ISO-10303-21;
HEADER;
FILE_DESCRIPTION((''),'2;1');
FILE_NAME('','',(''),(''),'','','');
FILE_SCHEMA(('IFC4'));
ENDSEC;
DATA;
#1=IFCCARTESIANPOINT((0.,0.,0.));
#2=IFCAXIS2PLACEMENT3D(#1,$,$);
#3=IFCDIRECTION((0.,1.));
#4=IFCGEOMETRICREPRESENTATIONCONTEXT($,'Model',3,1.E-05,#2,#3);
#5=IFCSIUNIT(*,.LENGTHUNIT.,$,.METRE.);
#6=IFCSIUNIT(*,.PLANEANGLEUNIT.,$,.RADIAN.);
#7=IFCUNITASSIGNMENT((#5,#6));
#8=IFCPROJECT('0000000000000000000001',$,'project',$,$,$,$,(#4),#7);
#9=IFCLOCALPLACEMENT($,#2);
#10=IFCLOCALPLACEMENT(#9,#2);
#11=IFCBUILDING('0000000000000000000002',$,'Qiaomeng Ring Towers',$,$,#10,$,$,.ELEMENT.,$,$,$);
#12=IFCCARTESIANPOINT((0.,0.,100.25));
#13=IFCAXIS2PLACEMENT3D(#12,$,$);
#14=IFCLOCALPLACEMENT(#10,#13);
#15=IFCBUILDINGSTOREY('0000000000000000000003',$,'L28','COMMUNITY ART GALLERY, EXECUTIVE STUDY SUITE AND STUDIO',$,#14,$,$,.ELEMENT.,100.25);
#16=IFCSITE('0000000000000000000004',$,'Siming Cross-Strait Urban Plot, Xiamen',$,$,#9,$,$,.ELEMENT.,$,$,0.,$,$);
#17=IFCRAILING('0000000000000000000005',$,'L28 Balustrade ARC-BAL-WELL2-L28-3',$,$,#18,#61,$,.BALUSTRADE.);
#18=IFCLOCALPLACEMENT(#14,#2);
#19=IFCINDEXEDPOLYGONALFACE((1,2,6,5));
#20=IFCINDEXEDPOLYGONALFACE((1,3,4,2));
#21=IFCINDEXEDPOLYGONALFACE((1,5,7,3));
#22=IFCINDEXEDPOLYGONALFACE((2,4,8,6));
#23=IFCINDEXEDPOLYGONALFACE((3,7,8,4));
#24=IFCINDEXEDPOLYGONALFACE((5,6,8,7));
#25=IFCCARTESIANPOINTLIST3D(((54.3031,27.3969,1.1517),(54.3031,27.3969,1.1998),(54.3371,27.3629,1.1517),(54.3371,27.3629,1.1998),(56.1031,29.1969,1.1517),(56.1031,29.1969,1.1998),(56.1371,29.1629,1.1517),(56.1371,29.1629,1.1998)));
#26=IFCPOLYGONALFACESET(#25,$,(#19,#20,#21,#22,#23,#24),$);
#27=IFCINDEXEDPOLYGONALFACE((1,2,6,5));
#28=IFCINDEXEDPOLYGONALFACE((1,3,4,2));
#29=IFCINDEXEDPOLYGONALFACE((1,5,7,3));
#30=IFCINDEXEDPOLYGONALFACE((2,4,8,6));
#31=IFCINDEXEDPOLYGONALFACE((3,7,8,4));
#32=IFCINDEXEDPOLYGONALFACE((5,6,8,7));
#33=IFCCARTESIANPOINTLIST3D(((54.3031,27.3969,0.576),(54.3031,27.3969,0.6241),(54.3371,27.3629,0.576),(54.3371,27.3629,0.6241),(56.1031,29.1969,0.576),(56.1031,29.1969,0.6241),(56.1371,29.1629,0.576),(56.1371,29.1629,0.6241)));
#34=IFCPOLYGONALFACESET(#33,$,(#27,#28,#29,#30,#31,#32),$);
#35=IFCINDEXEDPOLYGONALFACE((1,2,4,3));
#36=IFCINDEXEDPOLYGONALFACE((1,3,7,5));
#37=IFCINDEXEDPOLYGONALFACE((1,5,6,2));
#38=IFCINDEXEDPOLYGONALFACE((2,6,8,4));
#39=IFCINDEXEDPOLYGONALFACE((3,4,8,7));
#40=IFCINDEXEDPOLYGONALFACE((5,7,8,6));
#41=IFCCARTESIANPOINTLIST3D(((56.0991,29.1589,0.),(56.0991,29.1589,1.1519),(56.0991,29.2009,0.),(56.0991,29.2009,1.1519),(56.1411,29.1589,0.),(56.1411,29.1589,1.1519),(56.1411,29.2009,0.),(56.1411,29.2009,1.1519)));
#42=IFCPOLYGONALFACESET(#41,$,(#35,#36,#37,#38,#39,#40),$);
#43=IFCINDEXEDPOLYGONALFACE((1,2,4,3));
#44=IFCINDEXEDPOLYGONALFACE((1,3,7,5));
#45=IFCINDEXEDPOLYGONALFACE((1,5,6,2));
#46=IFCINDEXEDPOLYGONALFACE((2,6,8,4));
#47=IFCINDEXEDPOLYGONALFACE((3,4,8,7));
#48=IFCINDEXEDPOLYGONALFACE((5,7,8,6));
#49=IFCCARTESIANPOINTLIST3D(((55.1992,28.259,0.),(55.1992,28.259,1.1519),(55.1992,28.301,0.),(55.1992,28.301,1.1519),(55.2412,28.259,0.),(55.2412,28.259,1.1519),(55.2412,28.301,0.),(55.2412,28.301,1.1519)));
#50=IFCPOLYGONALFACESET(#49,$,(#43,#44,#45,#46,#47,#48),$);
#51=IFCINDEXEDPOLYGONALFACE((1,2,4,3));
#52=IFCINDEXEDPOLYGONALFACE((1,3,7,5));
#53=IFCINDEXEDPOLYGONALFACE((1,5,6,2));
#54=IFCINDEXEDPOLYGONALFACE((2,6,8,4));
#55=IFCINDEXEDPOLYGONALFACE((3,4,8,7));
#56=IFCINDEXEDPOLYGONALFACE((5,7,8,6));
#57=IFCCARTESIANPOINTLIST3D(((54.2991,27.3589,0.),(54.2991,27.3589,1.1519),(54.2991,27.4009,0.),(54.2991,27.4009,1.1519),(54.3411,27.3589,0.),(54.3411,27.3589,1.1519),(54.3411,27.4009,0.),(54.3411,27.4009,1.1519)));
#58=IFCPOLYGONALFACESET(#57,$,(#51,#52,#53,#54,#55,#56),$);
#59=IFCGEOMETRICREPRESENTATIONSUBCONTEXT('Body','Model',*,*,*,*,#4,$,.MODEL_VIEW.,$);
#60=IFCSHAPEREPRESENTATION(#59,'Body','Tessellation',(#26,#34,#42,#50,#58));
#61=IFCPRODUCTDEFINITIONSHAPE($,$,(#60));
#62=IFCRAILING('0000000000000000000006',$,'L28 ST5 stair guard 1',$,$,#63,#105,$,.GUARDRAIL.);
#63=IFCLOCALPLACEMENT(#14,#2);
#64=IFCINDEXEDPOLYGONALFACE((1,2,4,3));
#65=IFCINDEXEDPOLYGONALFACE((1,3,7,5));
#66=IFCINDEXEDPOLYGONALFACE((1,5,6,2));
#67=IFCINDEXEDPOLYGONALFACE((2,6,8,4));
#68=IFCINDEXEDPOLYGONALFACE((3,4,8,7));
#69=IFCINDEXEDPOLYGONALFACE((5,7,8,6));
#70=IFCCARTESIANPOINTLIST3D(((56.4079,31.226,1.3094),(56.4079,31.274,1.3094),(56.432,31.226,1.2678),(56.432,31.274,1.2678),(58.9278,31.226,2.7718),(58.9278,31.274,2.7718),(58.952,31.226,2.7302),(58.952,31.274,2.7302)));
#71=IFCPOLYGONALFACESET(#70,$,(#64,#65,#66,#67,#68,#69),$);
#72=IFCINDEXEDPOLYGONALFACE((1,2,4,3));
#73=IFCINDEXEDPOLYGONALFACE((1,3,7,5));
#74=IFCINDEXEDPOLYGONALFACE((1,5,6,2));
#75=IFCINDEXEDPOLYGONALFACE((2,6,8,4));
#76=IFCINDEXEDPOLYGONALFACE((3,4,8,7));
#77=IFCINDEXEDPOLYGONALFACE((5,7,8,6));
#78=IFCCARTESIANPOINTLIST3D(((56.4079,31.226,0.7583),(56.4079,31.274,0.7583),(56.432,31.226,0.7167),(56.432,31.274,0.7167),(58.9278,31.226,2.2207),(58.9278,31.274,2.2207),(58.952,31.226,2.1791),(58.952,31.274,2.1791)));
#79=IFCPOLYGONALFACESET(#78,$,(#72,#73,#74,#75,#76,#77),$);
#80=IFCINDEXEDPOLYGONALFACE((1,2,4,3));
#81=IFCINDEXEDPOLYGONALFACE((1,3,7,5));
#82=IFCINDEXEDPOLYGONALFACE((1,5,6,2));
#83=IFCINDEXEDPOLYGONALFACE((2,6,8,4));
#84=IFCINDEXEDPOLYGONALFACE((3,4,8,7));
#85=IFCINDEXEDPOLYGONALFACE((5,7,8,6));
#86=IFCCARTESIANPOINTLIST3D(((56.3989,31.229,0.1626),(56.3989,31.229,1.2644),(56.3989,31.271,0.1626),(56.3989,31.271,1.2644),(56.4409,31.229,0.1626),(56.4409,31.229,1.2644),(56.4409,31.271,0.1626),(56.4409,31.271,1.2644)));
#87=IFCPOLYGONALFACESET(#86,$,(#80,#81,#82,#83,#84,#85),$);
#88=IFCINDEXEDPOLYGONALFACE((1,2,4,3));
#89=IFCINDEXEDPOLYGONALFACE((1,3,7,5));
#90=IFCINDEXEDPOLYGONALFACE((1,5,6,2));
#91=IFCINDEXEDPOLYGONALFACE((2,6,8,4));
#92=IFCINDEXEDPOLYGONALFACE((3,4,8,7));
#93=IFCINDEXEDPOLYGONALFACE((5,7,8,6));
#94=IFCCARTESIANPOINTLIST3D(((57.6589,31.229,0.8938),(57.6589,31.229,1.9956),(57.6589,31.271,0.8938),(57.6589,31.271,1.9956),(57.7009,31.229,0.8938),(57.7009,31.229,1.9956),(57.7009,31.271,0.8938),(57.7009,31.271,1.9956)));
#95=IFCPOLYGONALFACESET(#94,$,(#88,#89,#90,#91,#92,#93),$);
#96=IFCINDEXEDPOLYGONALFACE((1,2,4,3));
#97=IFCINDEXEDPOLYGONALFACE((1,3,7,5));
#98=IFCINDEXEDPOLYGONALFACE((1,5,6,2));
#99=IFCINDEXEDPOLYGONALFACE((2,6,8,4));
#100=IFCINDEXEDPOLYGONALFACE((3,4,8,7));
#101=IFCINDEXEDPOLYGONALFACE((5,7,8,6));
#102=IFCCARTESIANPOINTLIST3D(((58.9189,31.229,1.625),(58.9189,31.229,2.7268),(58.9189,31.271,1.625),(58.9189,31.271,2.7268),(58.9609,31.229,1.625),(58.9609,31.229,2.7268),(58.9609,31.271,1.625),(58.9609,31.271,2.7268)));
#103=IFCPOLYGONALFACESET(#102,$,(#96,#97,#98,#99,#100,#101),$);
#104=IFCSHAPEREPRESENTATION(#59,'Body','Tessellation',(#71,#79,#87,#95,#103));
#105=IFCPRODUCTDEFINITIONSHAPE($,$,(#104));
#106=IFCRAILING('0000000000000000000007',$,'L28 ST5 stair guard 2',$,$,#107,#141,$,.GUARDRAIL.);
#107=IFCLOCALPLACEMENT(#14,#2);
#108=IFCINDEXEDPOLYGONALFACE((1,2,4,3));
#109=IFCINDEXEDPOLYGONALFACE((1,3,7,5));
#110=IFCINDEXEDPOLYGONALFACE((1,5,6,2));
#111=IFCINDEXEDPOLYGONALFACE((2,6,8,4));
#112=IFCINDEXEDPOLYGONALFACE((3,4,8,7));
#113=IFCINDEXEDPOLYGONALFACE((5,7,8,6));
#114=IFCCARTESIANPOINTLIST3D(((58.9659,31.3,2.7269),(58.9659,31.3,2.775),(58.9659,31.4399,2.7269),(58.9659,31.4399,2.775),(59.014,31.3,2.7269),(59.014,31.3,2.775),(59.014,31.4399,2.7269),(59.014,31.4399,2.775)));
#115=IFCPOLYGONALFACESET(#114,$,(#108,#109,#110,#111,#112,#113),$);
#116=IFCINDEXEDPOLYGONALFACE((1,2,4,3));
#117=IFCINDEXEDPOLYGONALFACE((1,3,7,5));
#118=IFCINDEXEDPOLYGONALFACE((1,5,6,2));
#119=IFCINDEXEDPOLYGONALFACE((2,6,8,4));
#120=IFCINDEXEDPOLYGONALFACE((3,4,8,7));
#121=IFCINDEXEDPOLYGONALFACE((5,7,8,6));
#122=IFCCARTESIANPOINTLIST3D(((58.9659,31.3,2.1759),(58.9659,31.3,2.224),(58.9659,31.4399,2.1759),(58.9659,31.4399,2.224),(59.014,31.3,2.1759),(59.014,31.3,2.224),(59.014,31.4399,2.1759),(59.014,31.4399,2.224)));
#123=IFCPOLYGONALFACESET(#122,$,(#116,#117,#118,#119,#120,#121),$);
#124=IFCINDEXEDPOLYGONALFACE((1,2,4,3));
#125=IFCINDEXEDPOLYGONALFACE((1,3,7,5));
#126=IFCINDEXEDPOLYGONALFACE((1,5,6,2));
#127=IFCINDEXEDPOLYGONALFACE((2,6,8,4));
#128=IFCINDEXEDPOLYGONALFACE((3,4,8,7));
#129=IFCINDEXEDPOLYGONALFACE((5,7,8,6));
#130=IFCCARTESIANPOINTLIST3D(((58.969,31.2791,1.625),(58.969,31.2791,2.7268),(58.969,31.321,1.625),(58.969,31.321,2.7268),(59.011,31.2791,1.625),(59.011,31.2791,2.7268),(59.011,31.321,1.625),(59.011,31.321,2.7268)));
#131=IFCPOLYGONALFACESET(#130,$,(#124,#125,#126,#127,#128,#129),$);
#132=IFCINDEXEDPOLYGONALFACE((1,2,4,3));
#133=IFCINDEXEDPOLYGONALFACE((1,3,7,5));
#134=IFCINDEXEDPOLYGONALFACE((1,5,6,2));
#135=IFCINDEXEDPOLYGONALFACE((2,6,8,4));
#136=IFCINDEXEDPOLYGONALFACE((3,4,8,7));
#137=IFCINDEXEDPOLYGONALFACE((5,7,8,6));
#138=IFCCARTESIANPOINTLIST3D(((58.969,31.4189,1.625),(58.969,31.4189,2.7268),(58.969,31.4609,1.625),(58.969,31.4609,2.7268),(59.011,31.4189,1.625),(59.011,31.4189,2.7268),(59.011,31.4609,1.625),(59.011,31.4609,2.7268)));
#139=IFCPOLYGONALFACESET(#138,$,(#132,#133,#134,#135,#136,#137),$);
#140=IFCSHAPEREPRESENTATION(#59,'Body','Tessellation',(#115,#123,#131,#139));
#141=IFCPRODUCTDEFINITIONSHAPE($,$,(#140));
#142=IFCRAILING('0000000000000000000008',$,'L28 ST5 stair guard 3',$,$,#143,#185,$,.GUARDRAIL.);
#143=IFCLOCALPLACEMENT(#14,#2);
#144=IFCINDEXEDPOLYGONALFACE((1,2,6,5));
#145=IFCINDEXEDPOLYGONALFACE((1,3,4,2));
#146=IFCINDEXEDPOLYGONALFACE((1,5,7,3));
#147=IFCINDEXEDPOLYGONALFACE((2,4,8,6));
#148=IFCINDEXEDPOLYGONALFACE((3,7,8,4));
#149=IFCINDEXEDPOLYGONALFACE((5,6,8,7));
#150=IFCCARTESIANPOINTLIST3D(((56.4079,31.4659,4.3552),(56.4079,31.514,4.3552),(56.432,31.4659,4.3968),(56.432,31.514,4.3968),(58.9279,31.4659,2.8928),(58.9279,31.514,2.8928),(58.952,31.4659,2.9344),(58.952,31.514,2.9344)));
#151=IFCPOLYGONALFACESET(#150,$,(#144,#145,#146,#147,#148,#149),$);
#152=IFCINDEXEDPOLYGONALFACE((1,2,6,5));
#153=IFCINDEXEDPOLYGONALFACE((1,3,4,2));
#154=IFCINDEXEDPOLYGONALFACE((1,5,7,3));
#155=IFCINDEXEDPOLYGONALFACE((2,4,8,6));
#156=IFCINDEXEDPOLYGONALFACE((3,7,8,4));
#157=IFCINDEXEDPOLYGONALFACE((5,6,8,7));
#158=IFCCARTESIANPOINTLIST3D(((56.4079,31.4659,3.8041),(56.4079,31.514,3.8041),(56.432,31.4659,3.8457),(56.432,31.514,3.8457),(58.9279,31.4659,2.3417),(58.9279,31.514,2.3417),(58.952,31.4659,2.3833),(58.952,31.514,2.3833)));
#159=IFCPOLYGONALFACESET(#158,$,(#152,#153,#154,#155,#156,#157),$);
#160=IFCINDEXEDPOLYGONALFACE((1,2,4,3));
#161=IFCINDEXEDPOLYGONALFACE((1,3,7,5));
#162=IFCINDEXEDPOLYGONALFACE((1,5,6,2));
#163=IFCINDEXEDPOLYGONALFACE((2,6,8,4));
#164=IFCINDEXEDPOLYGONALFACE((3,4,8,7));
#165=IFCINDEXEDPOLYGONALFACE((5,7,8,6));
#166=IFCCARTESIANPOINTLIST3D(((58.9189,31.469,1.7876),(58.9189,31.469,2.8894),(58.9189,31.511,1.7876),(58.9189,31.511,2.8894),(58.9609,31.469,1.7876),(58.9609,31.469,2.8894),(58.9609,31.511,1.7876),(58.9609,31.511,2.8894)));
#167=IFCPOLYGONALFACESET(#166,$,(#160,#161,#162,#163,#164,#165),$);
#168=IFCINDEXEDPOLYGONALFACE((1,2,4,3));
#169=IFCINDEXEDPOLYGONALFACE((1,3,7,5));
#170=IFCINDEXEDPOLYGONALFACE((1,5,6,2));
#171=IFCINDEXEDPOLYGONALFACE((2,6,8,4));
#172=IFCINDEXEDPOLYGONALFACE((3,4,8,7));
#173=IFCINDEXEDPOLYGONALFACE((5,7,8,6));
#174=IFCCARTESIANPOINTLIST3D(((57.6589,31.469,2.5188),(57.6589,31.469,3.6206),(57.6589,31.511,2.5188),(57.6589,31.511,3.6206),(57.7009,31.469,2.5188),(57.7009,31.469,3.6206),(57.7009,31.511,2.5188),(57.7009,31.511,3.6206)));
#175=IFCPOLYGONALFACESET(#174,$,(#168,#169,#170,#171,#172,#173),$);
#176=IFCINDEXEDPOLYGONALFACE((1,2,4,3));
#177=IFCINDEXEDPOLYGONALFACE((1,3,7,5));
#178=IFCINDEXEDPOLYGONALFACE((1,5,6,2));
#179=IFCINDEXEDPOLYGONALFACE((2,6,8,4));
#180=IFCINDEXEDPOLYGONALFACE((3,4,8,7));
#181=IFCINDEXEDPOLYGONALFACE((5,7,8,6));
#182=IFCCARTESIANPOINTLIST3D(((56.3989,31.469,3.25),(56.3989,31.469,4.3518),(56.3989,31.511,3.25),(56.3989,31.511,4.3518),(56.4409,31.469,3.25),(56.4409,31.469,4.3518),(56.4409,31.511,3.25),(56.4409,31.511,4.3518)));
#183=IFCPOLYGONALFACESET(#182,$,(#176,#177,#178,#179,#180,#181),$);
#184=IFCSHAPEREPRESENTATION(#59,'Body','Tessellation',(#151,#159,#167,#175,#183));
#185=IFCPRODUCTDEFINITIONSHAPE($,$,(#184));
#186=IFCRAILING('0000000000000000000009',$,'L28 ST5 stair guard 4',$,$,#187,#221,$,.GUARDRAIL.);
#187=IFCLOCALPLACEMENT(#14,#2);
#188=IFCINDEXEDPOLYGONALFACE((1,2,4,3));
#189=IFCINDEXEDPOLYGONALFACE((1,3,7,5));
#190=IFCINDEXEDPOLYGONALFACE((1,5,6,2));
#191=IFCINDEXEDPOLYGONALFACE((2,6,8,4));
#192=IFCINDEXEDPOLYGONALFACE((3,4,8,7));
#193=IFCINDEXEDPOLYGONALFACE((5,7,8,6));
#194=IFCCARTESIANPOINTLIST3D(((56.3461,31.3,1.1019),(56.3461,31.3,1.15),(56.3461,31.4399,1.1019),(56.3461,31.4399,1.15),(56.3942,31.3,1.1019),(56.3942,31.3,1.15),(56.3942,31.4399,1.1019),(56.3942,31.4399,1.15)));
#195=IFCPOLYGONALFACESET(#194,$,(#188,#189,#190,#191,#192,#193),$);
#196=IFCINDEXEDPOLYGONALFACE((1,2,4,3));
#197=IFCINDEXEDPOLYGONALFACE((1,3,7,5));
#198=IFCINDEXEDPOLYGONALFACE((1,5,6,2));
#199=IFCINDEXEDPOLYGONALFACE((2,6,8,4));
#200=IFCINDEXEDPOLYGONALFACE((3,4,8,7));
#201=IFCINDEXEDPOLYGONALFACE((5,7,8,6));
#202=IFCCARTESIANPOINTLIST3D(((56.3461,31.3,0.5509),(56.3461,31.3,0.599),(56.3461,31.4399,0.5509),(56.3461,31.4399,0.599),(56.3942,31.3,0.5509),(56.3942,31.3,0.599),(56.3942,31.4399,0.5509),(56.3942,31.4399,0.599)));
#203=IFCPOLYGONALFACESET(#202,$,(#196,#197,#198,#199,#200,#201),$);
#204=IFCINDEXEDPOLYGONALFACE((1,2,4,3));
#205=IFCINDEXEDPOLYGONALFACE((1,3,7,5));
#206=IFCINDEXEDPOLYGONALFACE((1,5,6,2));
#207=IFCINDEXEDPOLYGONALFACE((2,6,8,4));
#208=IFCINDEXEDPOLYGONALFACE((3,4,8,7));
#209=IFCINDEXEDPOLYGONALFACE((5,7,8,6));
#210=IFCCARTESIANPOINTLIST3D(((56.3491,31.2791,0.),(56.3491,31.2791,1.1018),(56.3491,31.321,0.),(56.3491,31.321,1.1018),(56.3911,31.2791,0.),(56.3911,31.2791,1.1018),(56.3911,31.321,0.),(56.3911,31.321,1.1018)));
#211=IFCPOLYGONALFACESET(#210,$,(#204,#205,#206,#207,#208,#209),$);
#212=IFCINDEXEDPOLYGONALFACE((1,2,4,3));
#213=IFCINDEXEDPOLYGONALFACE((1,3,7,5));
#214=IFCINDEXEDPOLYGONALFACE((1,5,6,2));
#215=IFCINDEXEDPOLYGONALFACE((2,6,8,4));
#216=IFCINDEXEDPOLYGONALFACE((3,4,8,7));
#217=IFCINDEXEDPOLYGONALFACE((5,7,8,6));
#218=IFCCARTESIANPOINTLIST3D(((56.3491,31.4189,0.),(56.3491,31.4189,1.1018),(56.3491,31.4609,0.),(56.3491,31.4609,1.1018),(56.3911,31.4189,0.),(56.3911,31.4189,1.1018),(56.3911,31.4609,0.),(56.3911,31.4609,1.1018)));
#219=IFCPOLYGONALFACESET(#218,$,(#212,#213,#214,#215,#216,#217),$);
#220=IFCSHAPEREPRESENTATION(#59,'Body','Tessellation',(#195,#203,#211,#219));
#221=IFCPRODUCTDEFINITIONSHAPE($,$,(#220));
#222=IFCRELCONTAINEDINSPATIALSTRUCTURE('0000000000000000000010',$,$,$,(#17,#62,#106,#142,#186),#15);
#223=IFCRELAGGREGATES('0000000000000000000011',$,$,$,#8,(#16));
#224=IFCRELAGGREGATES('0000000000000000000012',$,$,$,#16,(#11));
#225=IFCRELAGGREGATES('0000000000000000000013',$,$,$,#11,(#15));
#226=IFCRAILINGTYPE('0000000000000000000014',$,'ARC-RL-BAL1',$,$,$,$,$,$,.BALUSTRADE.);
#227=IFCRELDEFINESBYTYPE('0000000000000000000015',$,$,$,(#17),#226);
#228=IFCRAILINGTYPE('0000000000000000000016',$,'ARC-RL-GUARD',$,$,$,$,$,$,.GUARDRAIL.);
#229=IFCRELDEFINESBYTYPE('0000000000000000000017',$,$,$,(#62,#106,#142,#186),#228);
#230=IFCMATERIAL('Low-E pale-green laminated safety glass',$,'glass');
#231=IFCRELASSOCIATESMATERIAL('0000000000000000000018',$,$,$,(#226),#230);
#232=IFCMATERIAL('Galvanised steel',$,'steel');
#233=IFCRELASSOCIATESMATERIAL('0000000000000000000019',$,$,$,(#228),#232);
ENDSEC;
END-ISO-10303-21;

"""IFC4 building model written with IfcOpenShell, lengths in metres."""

from ifc_helpers import new_model, si_unit, direction, frame, origin, origin_2d, place, context, subcontext, project, spatial, rectangle, extrude, material, type_object, element, save


model = new_model("IFC4")

# Units and contexts
model_context = context("Model", 3, precision=1e-05, world=origin(), true_north=direction((0.0, 1.0)))
body_context = subcontext(model_context, "Body", "Model", "MODEL_VIEW")
ifc_project = project(units=[si_unit("LENGTHUNIT", "METRE"), si_unit("PLANEANGLEUNIT", "RADIAN")], contexts=[model_context])

# Site, building, storey
site_placement = place(None, origin())
site = spatial("IfcSite", under=ifc_project, at=site_placement, Name="Siming Cross-Strait Urban Plot, Xiamen", CompositionType="ELEMENT", RefElevation=0.0)
building_placement = place(site_placement, origin())
building = spatial("IfcBuilding", under=site, at=building_placement, Name="Qiaomeng Ring Towers", CompositionType="ELEMENT")
storey_placement = place(building_placement, frame((0.0, 0.0, 100.25)))
storey = spatial("IfcBuildingStorey", under=building, at=storey_placement, Name="L28", Description="COMMUNITY ART GALLERY, EXECUTIVE STUDY SUITE AND STUDIO", CompositionType="ELEMENT", Elevation=100.25)

# Shared definitions
ifc_material_1 = material(Name="Galvanised steel", Category="steel")

# Railings
ifc_material_2 = material(Name="Low-E pale-green laminated safety glass", Category="glass")
railing_type_1 = type_object("IfcRailingType", Name="ARC-RL-BAL1", PredefinedType="BALUSTRADE", material=ifc_material_2)
railing_1_placement = place(storey_placement, frame((56.1201, 29.1799, 0.0)))
element("IfcRailing", 1, at=railing_1_placement, inside=storey, type_object=railing_type_1, Name="L28 Balustrade ARC-BAL-WELL2-L28-3", PredefinedType="BALUSTRADE", context=body_context, shape_type="SweptSolid", body=[
    extrude(rectangle(XDim=0.0481, YDim=0.0481, at=origin_2d()), frame((0.0, 0.0, 1.1758), z_axis=(-0.707107, -0.707107, 0.0), x_axis=(0.707107, -0.707107, 0.0)), (0.0, 0.0, 1.0), 2.5457),
    extrude(rectangle(XDim=0.0481, YDim=0.0481, at=origin_2d()), frame((0.0, 0.0, 0.6001), z_axis=(-0.707107, -0.707107, 0.0), x_axis=(0.707107, -0.707107, 0.0)), (0.0, 0.0, 1.0), 2.5457),
    extrude(rectangle(XDim=0.042, YDim=0.042, at=origin_2d()), origin(), (0.0, 0.0, 1.0), 1.1519),
    extrude(rectangle(XDim=0.042, YDim=0.042, at=origin_2d()), frame((-0.8999, -0.8999, 0.0)), (0.0, 0.0, 1.0), 1.1519),
    extrude(rectangle(XDim=0.042, YDim=0.042, at=origin_2d()), frame((-1.8, -1.8, 0.0)), (0.0, 0.0, 1.0), 1.1519),
])
railing_type_2 = type_object("IfcRailingType", Name="ARC-RL-GUARD", PredefinedType="GUARDRAIL", material=ifc_material_1)
railing_2_placement = place(storey_placement, frame((56.4199, 31.25, 0.1626)))
element("IfcRailing", 2, at=railing_2_placement, inside=storey, type_object=railing_type_2, Name="L28 ST5 stair guard 1", PredefinedType="GUARDRAIL", context=body_context, shape_type="SweptSolid", body=[
    extrude(rectangle(XDim=0.0481, YDim=0.0481, at=origin_2d()), frame((0.0, 0.0, 1.126), z_axis=(0.864913, 0.0, 0.501921), x_axis=(0.0, 1.0, 0.0)), (0.0, 0.0, 1.0), 2.9136),
    extrude(rectangle(XDim=0.0481, YDim=0.0481, at=origin_2d()), frame((0.0, 0.0, 0.575), z_axis=(0.864913, 0.0, 0.501921), x_axis=(0.0, 1.0, 0.0)), (0.0, 0.0, 1.0), 2.9136),
    extrude(rectangle(XDim=0.042, YDim=0.042, at=origin_2d()), origin(), (0.0, 0.0, 1.0), 1.1018),
    extrude(rectangle(XDim=0.042, YDim=0.042, at=origin_2d()), frame((1.26, 0.0, 0.7312)), (0.0, 0.0, 1.0), 1.1018),
    extrude(rectangle(XDim=0.042, YDim=0.042, at=origin_2d()), frame((2.52, 0.0, 1.4624)), (0.0, 0.0, 1.0), 1.1018),
])
railing_3_placement = place(storey_placement, frame((58.99, 31.3, 1.625)))
element("IfcRailing", 3, at=railing_3_placement, inside=storey, type_object=railing_type_2, Name="L28 ST5 stair guard 2", PredefinedType="GUARDRAIL", context=body_context, shape_type="SweptSolid", body=[
    extrude(rectangle(XDim=0.0481, YDim=0.0481, at=origin_2d()), frame((0.0, 0.0, 1.126), z_axis=(0.0, 1.0, 0.0), x_axis=(-1.0, 0.0, 0.0)), (0.0, 0.0, 1.0), 0.1399),
    extrude(rectangle(XDim=0.0481, YDim=0.0481, at=origin_2d()), frame((0.0, 0.0, 0.575), z_axis=(0.0, 1.0, 0.0), x_axis=(-1.0, 0.0, 0.0)), (0.0, 0.0, 1.0), 0.1399),
    extrude(rectangle(XDim=0.042, YDim=0.042, at=origin_2d()), origin(), (0.0, 0.0, 1.0), 1.1018),
    extrude(rectangle(XDim=0.042, YDim=0.042, at=origin_2d()), frame((0.0, 0.1399, 0.0)), (0.0, 0.0, 1.0), 1.1018),
])
railing_4_placement = place(storey_placement, frame((58.9399, 31.49, 1.7876)))
element("IfcRailing", 4, at=railing_4_placement, inside=storey, type_object=railing_type_2, Name="L28 ST5 stair guard 3", PredefinedType="GUARDRAIL", context=body_context, shape_type="SweptSolid", body=[
    extrude(rectangle(XDim=0.0481, YDim=0.0481, at=origin_2d()), frame((0.0, 0.0, 1.126), z_axis=(-0.864913, 0.0, 0.501921), x_axis=(0.0, -1.0, 0.0)), (0.0, 0.0, 1.0), 2.9136),
    extrude(rectangle(XDim=0.0481, YDim=0.0481, at=origin_2d()), frame((0.0, 0.0, 0.575), z_axis=(-0.864913, 0.0, 0.501921), x_axis=(0.0, -1.0, 0.0)), (0.0, 0.0, 1.0), 2.9136),
    extrude(rectangle(XDim=0.042, YDim=0.042, at=origin_2d()), origin(), (0.0, 0.0, 1.0), 1.1018),
    extrude(rectangle(XDim=0.042, YDim=0.042, at=origin_2d()), frame((-1.26, 0.0, 0.7312)), (0.0, 0.0, 1.0), 1.1018),
    extrude(rectangle(XDim=0.042, YDim=0.042, at=origin_2d()), frame((-2.52, 0.0, 1.4624)), (0.0, 0.0, 1.0), 1.1018),
])
railing_5_placement = place(storey_placement, frame((56.3701, 31.3, 0.0)))
element("IfcRailing", 5, at=railing_5_placement, inside=storey, type_object=railing_type_2, Name="L28 ST5 stair guard 4", PredefinedType="GUARDRAIL", context=body_context, shape_type="SweptSolid", body=[
    extrude(rectangle(XDim=0.0481, YDim=0.0481, at=origin_2d()), frame((0.0, 0.0, 1.126), z_axis=(0.0, 1.0, 0.0), x_axis=(-1.0, 0.0, 0.0)), (0.0, 0.0, 1.0), 0.1399),
    extrude(rectangle(XDim=0.0481, YDim=0.0481, at=origin_2d()), frame((0.0, 0.0, 0.575), z_axis=(0.0, 1.0, 0.0), x_axis=(-1.0, 0.0, 0.0)), (0.0, 0.0, 1.0), 0.1399),
    extrude(rectangle(XDim=0.042, YDim=0.042, at=origin_2d()), origin(), (0.0, 0.0, 1.0), 1.1018),
    extrude(rectangle(XDim=0.042, YDim=0.042, at=origin_2d()), frame((0.0, 0.1399, 0.0)), (0.0, 0.0, 1.0), 1.1018),
])

save(model, "model.ifc")
